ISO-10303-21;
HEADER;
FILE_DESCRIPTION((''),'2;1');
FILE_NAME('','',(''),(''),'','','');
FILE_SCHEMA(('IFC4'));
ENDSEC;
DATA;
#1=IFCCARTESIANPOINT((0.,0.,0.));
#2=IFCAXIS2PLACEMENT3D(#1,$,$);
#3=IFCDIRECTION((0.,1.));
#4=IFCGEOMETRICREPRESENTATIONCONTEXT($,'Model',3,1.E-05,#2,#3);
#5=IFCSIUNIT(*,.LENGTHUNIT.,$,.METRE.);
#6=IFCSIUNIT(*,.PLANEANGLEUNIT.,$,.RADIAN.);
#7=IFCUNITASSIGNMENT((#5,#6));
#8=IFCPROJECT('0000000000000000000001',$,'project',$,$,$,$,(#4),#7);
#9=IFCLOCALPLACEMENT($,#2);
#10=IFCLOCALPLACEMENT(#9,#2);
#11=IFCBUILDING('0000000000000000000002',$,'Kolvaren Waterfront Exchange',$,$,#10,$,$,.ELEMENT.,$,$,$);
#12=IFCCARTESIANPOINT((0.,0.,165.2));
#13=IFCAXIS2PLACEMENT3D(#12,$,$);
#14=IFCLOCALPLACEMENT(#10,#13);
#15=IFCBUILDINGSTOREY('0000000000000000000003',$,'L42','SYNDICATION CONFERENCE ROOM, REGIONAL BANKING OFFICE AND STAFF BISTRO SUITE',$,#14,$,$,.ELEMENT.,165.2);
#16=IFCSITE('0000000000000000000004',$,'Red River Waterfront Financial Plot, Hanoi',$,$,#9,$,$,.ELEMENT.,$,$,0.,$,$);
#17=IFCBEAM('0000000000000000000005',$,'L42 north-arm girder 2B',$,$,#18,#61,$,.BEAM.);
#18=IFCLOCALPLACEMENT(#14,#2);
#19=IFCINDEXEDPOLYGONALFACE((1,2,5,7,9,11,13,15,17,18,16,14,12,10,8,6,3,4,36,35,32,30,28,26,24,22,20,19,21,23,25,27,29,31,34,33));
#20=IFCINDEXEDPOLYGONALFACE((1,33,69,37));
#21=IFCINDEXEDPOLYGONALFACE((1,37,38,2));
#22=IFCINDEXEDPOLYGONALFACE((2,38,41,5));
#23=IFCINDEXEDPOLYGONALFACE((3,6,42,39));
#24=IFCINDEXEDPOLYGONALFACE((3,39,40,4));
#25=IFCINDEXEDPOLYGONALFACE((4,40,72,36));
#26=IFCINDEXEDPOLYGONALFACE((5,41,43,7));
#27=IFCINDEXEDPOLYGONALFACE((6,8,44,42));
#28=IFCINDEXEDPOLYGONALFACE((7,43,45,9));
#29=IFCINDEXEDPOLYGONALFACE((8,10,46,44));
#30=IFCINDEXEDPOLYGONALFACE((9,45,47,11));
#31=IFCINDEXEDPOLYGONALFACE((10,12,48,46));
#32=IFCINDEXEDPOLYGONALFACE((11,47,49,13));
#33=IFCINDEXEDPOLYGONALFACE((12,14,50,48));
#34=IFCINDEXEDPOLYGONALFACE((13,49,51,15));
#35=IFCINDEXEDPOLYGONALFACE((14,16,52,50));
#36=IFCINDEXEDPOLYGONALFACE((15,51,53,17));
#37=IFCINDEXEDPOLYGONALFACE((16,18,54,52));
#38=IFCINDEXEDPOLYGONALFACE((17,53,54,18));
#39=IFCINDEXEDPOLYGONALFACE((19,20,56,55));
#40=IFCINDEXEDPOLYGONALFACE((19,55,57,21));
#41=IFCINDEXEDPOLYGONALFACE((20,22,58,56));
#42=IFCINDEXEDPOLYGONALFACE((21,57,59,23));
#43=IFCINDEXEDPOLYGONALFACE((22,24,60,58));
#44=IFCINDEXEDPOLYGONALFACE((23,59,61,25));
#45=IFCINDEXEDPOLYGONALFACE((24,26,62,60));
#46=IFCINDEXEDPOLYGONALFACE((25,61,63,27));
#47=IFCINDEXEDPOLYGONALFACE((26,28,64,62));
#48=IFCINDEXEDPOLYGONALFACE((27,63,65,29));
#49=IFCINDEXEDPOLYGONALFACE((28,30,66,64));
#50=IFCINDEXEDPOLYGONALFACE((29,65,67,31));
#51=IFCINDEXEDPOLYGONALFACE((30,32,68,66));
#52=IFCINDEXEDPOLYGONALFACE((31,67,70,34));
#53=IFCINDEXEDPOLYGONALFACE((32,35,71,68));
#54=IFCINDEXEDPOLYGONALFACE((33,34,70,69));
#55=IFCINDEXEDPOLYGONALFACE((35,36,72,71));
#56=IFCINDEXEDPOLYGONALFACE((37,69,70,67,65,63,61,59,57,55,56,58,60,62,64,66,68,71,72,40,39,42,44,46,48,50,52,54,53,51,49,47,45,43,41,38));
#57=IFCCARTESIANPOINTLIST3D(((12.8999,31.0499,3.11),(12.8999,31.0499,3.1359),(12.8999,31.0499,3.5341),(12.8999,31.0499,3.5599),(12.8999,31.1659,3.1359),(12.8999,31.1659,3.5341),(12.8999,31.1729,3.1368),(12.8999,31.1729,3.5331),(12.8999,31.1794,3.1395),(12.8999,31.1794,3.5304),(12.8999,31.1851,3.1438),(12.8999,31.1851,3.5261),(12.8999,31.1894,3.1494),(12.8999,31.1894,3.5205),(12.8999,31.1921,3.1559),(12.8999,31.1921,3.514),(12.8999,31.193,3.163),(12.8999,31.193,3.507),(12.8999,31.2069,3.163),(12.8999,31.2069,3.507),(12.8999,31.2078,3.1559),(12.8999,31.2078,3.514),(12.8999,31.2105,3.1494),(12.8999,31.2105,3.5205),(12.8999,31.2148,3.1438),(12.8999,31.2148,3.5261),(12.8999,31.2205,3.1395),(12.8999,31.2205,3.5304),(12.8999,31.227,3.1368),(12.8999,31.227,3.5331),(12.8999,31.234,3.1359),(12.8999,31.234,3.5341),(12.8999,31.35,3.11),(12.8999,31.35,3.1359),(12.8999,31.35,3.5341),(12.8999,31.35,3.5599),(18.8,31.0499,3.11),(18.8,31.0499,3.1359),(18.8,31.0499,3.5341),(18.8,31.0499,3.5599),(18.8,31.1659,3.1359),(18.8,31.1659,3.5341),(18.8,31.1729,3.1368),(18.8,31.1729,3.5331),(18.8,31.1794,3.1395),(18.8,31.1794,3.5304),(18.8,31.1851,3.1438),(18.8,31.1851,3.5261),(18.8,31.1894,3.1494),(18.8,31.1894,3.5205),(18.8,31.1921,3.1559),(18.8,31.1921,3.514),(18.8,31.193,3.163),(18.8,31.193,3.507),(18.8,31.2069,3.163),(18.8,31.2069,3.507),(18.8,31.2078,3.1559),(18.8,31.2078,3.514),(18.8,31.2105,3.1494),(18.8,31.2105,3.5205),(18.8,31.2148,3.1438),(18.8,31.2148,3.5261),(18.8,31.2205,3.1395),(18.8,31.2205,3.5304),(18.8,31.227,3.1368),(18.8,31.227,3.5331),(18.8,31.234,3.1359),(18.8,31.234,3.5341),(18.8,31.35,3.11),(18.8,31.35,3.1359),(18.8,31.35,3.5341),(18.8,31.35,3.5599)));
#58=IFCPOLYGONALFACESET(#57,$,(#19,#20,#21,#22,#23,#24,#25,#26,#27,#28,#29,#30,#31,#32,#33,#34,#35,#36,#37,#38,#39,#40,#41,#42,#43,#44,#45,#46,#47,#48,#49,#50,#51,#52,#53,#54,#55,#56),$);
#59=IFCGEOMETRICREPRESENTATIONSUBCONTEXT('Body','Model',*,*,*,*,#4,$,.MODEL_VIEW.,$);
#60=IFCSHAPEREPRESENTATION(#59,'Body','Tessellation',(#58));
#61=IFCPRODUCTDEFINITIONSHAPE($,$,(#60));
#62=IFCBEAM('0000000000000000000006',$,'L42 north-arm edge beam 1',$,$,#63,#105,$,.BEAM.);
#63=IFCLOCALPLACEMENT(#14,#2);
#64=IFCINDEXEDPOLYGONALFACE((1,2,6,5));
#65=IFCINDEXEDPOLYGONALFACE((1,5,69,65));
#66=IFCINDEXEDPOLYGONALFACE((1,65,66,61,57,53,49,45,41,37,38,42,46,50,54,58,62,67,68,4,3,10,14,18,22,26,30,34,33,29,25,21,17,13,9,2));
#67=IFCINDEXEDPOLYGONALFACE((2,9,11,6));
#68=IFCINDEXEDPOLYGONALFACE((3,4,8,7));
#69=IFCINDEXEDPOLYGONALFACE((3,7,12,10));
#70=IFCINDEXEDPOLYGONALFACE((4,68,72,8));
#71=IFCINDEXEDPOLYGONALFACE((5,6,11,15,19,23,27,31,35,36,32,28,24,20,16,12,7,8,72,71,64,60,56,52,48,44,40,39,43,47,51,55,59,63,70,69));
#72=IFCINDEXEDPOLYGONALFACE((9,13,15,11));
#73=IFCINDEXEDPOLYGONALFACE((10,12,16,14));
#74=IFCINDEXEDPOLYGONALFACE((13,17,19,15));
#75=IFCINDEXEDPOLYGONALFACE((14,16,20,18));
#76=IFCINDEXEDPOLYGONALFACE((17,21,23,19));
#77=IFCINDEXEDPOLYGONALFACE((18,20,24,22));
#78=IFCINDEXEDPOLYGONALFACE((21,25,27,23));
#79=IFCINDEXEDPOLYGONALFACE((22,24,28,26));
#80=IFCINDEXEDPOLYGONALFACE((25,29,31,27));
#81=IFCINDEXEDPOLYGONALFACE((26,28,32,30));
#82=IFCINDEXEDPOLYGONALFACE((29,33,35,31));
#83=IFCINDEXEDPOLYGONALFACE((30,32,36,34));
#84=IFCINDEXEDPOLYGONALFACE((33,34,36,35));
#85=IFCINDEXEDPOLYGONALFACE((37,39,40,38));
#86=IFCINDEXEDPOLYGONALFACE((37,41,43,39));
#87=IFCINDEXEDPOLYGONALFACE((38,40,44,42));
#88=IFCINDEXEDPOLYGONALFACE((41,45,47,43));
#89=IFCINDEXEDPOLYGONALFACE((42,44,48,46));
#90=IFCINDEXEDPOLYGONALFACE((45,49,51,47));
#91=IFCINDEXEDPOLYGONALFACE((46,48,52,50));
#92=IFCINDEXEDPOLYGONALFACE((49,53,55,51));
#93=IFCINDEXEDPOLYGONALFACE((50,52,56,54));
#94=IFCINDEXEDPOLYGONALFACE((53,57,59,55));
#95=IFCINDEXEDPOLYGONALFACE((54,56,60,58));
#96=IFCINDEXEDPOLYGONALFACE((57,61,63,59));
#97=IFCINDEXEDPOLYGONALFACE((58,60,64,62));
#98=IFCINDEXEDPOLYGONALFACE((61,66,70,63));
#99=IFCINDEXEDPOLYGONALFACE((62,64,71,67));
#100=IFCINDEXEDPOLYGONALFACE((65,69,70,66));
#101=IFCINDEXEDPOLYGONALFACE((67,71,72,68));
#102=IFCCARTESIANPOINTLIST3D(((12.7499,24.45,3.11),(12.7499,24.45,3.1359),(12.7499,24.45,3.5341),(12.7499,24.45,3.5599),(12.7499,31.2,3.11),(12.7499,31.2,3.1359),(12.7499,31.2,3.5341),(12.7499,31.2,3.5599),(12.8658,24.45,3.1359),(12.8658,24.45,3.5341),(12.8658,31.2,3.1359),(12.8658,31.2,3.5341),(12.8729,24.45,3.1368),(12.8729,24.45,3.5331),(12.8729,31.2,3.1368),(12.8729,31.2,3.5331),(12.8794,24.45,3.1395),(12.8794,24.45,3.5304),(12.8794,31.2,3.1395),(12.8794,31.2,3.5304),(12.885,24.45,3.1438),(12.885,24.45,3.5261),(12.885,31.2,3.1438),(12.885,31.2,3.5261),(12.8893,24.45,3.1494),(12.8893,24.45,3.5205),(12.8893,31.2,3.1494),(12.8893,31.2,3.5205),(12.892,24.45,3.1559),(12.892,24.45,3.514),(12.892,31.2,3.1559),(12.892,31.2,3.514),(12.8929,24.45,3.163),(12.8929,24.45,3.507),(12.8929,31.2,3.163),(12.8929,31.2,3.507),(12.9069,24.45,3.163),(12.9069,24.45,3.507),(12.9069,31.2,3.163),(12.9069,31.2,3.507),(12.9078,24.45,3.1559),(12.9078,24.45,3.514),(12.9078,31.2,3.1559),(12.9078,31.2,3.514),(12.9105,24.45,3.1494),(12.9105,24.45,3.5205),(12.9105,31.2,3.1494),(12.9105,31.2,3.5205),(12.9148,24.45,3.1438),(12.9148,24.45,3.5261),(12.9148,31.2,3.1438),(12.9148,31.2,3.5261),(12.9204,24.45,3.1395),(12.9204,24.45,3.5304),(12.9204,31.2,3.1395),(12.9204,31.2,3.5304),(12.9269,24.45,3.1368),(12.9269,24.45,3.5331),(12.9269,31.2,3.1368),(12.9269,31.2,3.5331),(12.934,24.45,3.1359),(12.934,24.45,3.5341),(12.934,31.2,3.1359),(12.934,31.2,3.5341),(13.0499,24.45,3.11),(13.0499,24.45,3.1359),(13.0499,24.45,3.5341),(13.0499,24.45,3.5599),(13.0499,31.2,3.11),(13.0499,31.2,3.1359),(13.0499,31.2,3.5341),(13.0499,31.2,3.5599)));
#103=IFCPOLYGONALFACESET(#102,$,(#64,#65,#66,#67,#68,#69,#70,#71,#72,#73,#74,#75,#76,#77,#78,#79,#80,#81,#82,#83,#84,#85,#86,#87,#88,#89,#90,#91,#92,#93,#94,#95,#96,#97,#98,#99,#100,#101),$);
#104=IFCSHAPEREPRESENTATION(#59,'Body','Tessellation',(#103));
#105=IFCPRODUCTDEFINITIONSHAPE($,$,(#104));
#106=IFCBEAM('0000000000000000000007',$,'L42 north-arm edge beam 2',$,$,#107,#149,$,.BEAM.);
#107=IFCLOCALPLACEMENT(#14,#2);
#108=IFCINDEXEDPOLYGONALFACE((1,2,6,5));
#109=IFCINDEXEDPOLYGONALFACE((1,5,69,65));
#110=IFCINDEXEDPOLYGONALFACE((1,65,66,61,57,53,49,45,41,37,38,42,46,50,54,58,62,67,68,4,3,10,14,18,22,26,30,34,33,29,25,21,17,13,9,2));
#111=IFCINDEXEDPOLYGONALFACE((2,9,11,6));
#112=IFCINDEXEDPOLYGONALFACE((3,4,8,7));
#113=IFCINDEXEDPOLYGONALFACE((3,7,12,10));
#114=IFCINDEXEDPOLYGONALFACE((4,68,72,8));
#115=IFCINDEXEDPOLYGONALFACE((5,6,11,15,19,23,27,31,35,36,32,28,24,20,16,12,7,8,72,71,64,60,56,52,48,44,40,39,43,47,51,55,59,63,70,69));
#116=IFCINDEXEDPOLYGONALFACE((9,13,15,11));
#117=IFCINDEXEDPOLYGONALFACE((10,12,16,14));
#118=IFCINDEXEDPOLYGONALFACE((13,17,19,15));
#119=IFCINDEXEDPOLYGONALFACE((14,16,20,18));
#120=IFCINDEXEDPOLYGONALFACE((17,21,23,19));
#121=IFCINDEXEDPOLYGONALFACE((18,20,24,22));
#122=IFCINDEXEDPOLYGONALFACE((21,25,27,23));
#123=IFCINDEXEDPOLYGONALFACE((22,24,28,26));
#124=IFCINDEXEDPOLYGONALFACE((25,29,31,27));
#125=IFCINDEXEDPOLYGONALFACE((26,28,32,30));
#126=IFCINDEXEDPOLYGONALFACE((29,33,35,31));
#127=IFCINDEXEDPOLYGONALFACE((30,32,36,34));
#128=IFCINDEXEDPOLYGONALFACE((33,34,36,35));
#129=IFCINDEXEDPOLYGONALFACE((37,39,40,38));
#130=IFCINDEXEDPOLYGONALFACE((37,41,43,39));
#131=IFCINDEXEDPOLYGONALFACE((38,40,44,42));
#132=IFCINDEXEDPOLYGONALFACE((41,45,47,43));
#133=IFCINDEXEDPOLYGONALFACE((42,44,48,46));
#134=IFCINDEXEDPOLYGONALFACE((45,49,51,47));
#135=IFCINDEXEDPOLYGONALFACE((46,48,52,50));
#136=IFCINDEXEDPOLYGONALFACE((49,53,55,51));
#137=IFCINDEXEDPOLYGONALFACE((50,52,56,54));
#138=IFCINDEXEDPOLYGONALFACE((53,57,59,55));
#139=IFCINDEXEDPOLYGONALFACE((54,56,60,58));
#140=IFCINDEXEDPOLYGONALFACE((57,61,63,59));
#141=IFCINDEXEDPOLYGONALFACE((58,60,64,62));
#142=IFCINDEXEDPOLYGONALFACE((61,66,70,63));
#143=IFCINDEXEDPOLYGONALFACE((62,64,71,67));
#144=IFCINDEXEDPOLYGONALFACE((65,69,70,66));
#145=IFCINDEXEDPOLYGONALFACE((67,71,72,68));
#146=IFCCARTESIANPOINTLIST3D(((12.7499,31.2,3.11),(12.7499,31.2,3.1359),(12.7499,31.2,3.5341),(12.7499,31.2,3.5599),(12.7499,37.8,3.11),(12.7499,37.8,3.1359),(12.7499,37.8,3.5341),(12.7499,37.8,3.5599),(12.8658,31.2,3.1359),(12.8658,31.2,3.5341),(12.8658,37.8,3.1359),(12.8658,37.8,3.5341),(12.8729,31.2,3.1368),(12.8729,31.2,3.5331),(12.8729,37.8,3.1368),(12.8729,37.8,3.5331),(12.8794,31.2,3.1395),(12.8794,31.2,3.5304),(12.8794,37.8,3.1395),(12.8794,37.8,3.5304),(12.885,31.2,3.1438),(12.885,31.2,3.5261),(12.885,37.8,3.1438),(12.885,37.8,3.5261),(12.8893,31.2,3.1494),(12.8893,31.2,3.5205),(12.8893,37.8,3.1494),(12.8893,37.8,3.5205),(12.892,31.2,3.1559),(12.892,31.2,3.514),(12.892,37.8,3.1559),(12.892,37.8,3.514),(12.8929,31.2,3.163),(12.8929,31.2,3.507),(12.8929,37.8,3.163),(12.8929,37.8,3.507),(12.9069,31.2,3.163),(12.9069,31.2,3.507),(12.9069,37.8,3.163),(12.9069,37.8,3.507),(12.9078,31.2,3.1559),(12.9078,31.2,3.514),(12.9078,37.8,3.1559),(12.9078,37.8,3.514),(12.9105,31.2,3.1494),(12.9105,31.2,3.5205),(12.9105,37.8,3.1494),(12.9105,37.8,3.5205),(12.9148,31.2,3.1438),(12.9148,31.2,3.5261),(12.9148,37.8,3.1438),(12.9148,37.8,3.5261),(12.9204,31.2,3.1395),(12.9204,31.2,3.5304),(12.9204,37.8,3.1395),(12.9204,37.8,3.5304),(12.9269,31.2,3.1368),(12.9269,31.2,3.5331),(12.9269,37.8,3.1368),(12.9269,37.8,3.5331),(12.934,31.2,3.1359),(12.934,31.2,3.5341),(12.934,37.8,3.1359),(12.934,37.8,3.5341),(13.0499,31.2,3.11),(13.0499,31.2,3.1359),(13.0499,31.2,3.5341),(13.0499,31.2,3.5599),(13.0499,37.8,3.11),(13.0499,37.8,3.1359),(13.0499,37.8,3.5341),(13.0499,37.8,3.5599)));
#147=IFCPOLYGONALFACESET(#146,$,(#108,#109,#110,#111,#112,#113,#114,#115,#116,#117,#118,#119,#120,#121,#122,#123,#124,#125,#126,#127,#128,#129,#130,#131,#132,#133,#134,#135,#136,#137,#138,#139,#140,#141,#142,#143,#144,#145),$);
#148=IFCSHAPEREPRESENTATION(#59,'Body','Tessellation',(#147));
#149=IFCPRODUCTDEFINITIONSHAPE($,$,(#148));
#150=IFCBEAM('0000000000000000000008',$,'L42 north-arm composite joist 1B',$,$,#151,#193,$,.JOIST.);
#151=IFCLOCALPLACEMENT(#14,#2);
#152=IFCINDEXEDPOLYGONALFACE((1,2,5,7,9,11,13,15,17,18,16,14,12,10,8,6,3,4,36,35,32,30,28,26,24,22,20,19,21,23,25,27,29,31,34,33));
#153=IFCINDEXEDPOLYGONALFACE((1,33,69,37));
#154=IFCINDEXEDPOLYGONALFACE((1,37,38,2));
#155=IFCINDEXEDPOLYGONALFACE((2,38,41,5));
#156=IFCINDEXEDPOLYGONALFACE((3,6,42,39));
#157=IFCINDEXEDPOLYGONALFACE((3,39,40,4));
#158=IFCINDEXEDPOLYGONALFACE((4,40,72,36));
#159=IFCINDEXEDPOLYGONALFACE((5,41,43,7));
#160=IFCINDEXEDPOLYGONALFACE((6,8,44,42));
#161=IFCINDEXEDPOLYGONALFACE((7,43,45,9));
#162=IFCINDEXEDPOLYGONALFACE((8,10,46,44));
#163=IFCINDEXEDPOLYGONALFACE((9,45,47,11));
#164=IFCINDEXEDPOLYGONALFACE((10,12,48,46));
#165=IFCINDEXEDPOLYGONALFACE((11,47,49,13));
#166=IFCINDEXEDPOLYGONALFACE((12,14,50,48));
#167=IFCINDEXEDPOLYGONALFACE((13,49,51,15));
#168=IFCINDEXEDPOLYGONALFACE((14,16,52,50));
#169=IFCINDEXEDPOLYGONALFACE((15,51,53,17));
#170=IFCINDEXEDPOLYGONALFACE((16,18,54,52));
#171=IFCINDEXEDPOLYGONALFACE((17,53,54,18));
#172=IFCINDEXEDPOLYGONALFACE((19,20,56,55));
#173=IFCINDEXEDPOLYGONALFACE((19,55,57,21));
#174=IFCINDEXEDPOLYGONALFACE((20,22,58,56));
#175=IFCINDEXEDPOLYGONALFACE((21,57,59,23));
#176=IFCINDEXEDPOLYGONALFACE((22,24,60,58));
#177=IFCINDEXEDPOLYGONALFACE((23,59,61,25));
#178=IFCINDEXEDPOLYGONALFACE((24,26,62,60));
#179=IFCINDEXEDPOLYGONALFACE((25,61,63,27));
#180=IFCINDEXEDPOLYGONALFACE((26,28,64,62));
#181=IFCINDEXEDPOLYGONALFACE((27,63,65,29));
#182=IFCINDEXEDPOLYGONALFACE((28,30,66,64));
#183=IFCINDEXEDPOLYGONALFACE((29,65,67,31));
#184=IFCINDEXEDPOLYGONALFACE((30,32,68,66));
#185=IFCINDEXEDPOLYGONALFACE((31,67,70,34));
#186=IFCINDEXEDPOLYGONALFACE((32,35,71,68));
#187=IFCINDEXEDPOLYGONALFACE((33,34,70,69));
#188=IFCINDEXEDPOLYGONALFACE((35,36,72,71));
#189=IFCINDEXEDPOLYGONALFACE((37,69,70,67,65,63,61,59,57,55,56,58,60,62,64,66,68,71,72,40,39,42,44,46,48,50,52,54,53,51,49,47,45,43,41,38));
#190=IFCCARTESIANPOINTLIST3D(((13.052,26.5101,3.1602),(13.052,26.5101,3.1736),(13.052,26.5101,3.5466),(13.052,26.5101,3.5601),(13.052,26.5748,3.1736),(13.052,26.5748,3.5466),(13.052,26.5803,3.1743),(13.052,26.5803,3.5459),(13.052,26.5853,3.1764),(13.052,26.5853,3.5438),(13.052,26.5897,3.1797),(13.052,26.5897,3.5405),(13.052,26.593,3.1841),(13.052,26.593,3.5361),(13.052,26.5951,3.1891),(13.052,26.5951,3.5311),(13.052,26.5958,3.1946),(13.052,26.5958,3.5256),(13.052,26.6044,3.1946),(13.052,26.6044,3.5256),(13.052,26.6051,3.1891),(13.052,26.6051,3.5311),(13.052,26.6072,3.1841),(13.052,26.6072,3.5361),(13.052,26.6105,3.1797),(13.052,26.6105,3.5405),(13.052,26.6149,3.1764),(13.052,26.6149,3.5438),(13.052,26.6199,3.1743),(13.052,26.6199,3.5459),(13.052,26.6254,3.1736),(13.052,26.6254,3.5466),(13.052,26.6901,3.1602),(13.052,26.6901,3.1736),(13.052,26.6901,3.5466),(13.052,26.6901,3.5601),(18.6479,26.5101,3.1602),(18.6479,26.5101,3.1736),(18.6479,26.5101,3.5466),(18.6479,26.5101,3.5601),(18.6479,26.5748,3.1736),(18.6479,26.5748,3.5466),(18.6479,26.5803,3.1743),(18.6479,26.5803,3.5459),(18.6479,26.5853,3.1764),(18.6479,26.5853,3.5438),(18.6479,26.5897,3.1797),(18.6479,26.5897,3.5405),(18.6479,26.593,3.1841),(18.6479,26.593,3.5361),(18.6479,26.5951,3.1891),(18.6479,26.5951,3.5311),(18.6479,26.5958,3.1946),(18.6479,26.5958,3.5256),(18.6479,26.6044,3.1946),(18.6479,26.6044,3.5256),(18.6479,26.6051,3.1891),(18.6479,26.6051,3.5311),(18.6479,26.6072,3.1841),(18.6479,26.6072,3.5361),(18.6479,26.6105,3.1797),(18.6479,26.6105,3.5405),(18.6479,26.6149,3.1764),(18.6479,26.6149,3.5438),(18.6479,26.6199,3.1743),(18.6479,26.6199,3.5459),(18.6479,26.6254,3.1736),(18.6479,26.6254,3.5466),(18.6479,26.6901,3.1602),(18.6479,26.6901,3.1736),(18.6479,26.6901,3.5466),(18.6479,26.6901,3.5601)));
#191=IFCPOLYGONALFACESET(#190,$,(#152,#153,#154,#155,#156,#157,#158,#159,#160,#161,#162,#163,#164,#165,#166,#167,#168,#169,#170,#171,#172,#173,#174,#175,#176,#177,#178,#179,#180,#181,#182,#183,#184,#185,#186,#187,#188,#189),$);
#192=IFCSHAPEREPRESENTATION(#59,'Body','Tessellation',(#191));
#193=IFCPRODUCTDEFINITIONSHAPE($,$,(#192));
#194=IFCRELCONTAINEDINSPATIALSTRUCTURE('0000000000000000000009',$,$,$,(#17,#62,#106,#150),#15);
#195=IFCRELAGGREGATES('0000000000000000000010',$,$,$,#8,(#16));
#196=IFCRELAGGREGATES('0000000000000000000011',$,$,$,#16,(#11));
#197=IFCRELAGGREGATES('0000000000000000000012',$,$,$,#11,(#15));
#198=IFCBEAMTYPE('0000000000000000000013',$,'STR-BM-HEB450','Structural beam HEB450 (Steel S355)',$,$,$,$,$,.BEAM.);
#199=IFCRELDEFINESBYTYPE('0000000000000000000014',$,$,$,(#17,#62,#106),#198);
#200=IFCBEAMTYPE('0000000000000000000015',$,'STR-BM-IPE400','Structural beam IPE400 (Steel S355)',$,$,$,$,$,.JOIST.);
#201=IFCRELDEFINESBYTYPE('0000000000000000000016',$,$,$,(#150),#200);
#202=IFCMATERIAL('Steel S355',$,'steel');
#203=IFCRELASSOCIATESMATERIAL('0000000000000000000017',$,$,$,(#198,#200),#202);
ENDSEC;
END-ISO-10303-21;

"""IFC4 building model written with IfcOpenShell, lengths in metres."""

from ifc_helpers import new_model, si_unit, direction, frame, origin, origin_2d, place, context, subcontext, project, spatial, i_section, extrude, material, material_profile, profile_set, type_object, element, save


model = new_model("IFC4")

# Units and contexts
model_context = context("Model", 3, precision=1e-05, world=origin(), true_north=direction((0.0, 1.0)))
body_context = subcontext(model_context, "Body", "Model", "MODEL_VIEW")
ifc_project = project(units=[si_unit("LENGTHUNIT", "METRE"), si_unit("PLANEANGLEUNIT", "RADIAN")], contexts=[model_context])

# Site, building, storey
site_placement = place(None, origin())
site = spatial("IfcSite", under=ifc_project, at=site_placement, Name="Red River Waterfront Financial Plot, Hanoi", CompositionType="ELEMENT", RefElevation=0.0)
building_placement = place(site_placement, origin())
building = spatial("IfcBuilding", under=site, at=building_placement, Name="Kolvaren Waterfront Exchange", CompositionType="ELEMENT")
storey_placement = place(building_placement, frame((0.0, 0.0, 165.2)))
storey = spatial("IfcBuildingStorey", under=building, at=storey_placement, Name="L42", Description="SYNDICATION CONFERENCE ROOM, REGIONAL BANKING OFFICE AND STAFF BISTRO SUITE", CompositionType="ELEMENT", Elevation=165.2)

# Beams
ifc_material_1 = material(Name="Steel S355", Category="steel")
ifc_material_profile_1 = material_profile(ifc_material_1, i_section(OverallWidth=0.3, OverallDepth=0.45, WebThickness=0.0139, FlangeThickness=0.0259, FilletRadius=0.0271, at=origin_2d()), Name="HEB450")
ifc_profile_set_1 = profile_set([ifc_material_profile_1], Name="Steel S355")
beam_type_1 = type_object("IfcBeamType", Name="STR-BM-HEB450", Description="Structural beam HEB450 (Steel S355)", PredefinedType="BEAM", material=ifc_profile_set_1)
beam_1_placement = place(storey_placement, frame((12.8999, 31.2, 3.335), z_axis=(1.0, 0.0, 0.0), x_axis=(0.0, 1.0, 0.0)))
element("IfcBeam", 1, at=beam_1_placement, inside=storey, type_object=beam_type_1, Name="L42 north-arm girder 2B", PredefinedType="BEAM", context=body_context, shape_type="SweptSolid", body=[
    extrude(i_section(OverallWidth=0.3, OverallDepth=0.45, WebThickness=0.0139, FlangeThickness=0.0259, FilletRadius=0.0271, at=origin_2d()), origin(), (0.0, 0.0, 1.0), 5.9001),
])
beam_2_placement = place(storey_placement, frame((12.8999, 24.45, 3.335), z_axis=(0.0, 1.0, 0.0), x_axis=(-1.0, 0.0, 0.0)))
element("IfcBeam", 2, at=beam_2_placement, inside=storey, type_object=beam_type_1, Name="L42 north-arm edge beam 1", PredefinedType="BEAM", context=body_context, shape_type="SweptSolid", body=[
    extrude(i_section(OverallWidth=0.3, OverallDepth=0.45, WebThickness=0.0139, FlangeThickness=0.0259, FilletRadius=0.0271, at=origin_2d()), origin(), (0.0, 0.0, 1.0), 6.75),
])
beam_3_placement = place(storey_placement, frame((12.8999, 31.2, 3.335), z_axis=(0.0, 1.0, 0.0), x_axis=(-1.0, 0.0, 0.0)))
element("IfcBeam", 3, at=beam_3_placement, inside=storey, type_object=beam_type_1, Name="L42 north-arm edge beam 2", PredefinedType="BEAM", context=body_context, shape_type="SweptSolid", body=[
    extrude(i_section(OverallWidth=0.3, OverallDepth=0.45, WebThickness=0.0139, FlangeThickness=0.0259, FilletRadius=0.0271, at=origin_2d()), origin(), (0.0, 0.0, 1.0), 6.6001),
])
ifc_material_profile_2 = material_profile(ifc_material_1, i_section(OverallWidth=0.1799, OverallDepth=0.3999, WebThickness=0.0085, FlangeThickness=0.0134, FilletRadius=0.021, at=origin_2d()), Name="IPE400")
ifc_profile_set_2 = profile_set([ifc_material_profile_2], Name="Steel S355")
beam_type_2 = type_object("IfcBeamType", Name="STR-BM-IPE400", Description="Structural beam IPE400 (Steel S355)", PredefinedType="JOIST", material=ifc_profile_set_2)
for number, where, z_axis, x_axis, name in (
    (4, (13.052, 26.6001, 3.3601), (1.0, 0.0, 0.0), (0.0, 1.0, 0.0), "L42 north-arm composite joist 1B"),
):
    element("IfcBeam", number, at=place(storey_placement, frame(where, z_axis=z_axis, x_axis=x_axis)), inside=storey, type_object=beam_type_2, Name=name, PredefinedType="JOIST", context=body_context, shape_type="SweptSolid", body=[
        extrude(i_section(OverallWidth=0.1799, OverallDepth=0.3999, WebThickness=0.0085, FlangeThickness=0.0134, FilletRadius=0.021, at=origin_2d()), origin(), (0.0, 0.0, 1.0), 5.5959),
    ])

save(model, "model.ifc")
